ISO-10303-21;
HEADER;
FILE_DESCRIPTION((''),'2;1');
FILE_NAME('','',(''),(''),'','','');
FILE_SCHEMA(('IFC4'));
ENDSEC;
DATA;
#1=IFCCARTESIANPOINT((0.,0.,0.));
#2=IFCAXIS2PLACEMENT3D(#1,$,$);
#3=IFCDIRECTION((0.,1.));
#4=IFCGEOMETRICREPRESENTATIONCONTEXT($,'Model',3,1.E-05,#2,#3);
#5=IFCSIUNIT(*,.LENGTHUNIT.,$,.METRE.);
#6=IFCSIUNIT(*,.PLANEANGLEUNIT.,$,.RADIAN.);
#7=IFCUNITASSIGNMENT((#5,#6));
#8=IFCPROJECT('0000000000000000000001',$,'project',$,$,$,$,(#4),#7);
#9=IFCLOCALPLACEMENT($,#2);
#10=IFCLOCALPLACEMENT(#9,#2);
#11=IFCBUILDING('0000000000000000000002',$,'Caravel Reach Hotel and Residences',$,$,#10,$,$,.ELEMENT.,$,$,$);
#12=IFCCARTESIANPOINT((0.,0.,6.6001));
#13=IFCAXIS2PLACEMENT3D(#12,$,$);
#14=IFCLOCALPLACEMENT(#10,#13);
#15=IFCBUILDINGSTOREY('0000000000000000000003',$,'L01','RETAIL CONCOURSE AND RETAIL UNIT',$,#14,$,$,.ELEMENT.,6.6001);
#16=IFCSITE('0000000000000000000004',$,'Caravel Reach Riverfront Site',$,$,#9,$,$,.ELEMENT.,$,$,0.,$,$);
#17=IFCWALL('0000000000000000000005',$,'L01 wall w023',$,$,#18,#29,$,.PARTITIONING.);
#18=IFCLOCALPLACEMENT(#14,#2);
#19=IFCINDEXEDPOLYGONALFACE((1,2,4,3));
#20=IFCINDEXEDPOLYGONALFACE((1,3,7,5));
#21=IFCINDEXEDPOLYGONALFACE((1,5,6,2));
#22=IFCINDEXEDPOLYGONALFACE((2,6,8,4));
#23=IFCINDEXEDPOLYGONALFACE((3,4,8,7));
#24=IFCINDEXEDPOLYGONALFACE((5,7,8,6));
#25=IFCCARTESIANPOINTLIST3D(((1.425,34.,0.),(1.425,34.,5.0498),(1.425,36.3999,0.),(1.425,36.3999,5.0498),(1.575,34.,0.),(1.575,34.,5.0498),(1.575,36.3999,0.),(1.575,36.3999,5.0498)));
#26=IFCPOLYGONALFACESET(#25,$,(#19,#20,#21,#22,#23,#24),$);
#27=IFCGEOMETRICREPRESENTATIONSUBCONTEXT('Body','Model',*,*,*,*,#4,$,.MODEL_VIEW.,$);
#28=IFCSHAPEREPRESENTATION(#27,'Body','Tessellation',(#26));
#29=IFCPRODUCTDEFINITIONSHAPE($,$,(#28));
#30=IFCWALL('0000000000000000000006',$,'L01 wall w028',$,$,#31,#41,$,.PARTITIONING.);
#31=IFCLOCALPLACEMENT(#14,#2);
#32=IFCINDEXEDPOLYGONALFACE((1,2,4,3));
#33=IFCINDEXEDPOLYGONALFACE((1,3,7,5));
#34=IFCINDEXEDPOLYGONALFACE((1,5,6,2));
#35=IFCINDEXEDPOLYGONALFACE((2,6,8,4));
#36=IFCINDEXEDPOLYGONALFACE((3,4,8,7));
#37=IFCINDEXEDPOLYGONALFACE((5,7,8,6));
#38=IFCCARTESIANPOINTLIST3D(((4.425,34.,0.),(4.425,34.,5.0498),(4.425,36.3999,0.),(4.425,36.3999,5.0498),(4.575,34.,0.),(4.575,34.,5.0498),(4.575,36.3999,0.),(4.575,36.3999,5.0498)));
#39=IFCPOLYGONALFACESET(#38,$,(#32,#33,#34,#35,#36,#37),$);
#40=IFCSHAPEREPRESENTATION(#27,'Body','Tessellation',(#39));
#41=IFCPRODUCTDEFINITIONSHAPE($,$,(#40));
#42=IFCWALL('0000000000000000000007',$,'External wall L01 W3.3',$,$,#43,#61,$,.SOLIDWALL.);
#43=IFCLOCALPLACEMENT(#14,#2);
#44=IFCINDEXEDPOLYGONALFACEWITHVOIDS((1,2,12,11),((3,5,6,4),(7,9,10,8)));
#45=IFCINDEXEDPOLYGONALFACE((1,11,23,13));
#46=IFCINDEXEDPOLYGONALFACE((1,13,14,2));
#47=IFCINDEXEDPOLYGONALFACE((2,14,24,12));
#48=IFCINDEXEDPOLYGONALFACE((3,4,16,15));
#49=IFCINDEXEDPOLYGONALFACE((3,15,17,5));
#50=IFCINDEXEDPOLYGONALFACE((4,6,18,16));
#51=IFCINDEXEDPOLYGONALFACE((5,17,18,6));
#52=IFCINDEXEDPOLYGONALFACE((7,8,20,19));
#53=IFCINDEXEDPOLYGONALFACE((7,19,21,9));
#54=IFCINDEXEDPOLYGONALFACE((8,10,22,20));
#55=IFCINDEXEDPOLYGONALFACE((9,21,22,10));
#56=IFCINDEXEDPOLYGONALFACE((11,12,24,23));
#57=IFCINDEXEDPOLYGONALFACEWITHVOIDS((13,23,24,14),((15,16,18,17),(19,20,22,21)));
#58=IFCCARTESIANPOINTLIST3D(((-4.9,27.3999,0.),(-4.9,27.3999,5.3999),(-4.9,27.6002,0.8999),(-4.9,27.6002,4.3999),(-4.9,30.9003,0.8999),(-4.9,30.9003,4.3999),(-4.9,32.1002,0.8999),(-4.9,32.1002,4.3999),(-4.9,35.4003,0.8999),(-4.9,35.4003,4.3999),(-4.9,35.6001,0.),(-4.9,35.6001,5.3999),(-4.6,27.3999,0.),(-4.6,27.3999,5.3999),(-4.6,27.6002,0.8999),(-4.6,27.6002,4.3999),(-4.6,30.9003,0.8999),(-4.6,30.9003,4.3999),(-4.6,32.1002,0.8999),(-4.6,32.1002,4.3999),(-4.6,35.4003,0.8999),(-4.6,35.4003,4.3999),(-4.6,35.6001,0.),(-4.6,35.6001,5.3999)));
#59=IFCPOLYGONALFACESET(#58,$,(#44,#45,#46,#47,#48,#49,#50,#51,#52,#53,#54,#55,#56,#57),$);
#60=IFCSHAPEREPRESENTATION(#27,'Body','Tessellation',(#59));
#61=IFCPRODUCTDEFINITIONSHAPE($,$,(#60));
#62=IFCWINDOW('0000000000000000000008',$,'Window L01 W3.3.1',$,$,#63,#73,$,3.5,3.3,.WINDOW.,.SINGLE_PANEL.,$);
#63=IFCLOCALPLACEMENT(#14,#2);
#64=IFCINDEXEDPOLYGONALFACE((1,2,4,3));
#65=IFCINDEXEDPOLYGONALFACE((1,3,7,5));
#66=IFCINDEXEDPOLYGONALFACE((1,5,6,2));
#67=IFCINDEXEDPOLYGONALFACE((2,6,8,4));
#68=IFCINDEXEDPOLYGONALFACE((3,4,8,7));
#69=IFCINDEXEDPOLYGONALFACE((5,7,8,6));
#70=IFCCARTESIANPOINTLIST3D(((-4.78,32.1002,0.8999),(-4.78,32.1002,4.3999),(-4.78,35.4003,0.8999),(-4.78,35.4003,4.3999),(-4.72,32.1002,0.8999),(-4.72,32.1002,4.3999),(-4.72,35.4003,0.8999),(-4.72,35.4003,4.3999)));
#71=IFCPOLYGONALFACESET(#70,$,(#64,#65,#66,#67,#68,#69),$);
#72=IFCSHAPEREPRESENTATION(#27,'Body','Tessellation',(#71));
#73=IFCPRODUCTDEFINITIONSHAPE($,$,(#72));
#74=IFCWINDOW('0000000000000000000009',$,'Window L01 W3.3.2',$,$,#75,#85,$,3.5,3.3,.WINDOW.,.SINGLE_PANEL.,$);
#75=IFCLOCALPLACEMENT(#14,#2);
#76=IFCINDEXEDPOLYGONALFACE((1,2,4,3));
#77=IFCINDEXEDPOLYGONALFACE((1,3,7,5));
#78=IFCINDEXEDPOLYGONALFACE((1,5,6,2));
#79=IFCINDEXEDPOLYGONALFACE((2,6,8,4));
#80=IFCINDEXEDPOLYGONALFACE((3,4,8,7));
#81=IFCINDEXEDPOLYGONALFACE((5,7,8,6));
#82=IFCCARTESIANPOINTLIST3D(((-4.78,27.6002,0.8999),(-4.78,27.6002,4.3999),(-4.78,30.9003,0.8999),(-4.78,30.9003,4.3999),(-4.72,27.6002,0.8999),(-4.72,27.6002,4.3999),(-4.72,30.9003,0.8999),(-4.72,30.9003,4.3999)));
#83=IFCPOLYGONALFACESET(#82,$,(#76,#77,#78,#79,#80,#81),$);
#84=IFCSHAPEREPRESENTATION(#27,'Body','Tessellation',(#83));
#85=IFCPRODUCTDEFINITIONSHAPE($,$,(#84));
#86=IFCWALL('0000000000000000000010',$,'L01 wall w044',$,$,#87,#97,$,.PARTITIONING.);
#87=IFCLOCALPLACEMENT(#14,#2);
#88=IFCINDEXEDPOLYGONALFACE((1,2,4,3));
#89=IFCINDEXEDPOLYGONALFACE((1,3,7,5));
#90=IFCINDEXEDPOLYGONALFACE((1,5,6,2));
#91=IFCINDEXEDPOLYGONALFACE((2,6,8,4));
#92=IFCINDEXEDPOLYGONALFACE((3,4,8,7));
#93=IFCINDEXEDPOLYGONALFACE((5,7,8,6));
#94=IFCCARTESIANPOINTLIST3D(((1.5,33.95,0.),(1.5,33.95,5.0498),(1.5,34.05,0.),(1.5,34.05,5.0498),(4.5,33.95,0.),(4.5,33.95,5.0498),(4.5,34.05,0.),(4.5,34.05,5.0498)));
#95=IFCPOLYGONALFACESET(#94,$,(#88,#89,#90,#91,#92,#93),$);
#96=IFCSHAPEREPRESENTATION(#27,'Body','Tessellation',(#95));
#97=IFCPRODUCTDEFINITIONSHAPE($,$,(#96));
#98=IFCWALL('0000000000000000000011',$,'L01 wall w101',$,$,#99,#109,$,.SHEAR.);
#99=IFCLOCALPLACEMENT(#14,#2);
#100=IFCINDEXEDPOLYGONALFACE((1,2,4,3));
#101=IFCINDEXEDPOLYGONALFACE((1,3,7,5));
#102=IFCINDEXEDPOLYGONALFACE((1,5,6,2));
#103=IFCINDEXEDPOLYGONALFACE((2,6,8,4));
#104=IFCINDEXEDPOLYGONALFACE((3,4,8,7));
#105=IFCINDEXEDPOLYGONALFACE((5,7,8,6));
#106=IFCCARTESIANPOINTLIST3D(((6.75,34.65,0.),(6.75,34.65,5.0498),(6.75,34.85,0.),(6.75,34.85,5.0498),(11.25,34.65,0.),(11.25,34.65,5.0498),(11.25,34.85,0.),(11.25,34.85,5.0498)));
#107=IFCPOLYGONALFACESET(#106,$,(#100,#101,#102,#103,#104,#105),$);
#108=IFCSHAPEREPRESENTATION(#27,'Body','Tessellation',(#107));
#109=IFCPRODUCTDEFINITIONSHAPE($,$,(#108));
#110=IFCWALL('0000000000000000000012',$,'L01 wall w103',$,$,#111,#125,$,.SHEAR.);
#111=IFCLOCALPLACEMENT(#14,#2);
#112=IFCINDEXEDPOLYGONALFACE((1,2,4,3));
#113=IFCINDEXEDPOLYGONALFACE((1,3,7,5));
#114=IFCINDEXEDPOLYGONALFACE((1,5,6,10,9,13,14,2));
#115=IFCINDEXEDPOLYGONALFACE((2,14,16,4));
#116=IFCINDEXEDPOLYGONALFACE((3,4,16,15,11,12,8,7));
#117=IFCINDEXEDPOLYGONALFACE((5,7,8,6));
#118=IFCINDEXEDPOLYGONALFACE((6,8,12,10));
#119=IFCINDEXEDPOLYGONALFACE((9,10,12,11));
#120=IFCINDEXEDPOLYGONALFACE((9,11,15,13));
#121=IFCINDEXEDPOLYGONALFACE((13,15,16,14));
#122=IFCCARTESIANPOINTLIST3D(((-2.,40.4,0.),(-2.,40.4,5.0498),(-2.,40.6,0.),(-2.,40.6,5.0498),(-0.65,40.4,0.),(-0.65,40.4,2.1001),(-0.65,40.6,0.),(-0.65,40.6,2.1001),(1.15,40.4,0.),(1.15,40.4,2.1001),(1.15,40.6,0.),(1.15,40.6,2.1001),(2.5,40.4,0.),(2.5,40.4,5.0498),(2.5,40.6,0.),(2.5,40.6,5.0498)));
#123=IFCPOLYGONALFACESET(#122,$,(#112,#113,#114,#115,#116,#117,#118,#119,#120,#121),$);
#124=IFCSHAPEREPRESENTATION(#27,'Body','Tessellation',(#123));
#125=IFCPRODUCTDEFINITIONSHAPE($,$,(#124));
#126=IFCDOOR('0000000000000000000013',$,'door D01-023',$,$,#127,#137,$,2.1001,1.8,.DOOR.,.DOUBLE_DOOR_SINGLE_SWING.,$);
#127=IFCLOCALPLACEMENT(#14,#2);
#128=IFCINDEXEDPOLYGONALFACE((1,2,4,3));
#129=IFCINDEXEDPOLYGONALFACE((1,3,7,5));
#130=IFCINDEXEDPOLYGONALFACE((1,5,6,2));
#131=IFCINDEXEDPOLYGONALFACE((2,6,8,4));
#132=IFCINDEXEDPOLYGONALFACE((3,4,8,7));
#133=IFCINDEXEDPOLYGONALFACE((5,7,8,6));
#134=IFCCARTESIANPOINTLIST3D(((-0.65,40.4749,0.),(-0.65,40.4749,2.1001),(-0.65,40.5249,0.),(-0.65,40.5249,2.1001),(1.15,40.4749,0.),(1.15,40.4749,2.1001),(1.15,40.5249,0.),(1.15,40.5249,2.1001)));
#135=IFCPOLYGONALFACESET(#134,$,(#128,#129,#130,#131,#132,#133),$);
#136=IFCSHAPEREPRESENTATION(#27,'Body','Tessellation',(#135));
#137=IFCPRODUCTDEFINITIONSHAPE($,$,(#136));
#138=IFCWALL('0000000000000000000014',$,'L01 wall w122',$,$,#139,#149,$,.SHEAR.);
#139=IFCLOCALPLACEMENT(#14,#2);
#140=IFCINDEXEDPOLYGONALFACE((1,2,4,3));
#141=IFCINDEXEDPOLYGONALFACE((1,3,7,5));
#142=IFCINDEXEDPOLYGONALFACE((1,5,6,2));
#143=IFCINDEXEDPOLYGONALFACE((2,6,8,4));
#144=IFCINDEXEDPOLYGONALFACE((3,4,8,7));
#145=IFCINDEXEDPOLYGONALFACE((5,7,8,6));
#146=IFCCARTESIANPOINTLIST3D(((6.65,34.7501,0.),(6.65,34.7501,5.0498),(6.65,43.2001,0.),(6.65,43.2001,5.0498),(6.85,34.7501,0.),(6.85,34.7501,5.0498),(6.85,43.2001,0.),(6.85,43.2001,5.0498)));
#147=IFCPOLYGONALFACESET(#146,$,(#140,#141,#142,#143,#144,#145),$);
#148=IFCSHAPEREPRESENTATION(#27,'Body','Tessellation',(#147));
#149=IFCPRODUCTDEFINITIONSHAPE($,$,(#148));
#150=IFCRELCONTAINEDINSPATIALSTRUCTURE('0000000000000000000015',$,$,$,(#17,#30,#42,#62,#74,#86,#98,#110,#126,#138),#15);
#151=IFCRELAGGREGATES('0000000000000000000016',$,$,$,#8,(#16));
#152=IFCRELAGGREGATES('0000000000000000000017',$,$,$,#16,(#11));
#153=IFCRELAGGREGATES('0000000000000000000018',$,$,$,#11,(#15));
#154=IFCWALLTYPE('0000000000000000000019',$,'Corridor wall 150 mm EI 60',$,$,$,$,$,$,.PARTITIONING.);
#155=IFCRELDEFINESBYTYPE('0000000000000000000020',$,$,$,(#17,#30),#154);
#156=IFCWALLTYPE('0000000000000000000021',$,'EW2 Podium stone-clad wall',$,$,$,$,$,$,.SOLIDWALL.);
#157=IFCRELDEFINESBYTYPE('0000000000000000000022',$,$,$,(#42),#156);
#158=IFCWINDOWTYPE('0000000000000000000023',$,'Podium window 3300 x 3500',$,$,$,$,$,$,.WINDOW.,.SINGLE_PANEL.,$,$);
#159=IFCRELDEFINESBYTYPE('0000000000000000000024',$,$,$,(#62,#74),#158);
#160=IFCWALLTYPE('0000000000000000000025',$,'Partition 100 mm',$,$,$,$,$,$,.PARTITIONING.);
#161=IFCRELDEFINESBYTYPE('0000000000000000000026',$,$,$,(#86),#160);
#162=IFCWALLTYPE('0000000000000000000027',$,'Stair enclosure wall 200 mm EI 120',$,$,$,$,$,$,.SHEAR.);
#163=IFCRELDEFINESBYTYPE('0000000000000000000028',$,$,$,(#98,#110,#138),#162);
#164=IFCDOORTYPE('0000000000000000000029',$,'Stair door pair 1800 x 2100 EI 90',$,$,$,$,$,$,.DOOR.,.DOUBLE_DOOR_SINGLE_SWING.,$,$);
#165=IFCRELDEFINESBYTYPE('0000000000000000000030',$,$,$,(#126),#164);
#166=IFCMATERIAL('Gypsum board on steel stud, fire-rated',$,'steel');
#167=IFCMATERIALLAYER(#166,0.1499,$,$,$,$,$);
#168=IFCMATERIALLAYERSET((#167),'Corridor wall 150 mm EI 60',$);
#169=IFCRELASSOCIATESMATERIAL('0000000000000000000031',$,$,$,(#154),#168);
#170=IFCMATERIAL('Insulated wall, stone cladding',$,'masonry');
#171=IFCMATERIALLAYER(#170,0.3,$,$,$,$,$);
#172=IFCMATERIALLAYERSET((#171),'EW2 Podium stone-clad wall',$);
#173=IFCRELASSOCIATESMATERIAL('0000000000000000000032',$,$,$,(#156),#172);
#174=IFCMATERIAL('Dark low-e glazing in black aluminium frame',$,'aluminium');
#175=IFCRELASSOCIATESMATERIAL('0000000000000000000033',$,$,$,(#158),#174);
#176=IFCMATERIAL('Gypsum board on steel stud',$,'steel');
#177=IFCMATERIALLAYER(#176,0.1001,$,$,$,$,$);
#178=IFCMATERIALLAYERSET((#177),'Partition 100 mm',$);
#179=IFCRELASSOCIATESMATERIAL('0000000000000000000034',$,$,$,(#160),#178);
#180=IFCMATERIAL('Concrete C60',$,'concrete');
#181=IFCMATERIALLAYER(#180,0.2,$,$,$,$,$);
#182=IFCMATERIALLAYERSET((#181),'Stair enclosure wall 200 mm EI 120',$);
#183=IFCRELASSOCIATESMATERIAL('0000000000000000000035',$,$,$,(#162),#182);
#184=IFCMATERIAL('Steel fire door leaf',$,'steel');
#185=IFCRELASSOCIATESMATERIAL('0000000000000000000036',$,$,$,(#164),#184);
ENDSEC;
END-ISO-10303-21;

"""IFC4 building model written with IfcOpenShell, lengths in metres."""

from ifc_helpers import new_model, si_unit, direction, frame, frame_2d, origin, place, context, subcontext, project, spatial, rectangle, extrude, material, layer, layer_set, type_object, element, fill, save


model = new_model("IFC4")

# Units and contexts
model_context = context("Model", 3, precision=1e-05, world=origin(), true_north=direction((0.0, 1.0)))
body_context = subcontext(model_context, "Body", "Model", "MODEL_VIEW")
ifc_project = project(units=[si_unit("LENGTHUNIT", "METRE"), si_unit("PLANEANGLEUNIT", "RADIAN")], contexts=[model_context])

# Site, building, storey
site_placement = place(None, origin())
site = spatial("IfcSite", under=ifc_project, at=site_placement, Name="Caravel Reach Riverfront Site", CompositionType="ELEMENT", RefElevation=0.0)
building_placement = place(site_placement, origin())
building = spatial("IfcBuilding", under=site, at=building_placement, Name="Caravel Reach Hotel and Residences", CompositionType="ELEMENT")
storey_placement = place(building_placement, frame((0.0, 0.0, 6.6001)))
storey = spatial("IfcBuildingStorey", under=building, at=storey_placement, Name="L01", Description="RETAIL CONCOURSE AND RETAIL UNIT", CompositionType="ELEMENT", Elevation=6.6001)

# Shared definitions
ifc_material_1 = material(Name="Gypsum board on steel stud, fire-rated", Category="steel")
ifc_layer_1 = layer(ifc_material_1, 0.1499)
ifc_layer_set_1 = layer_set([ifc_layer_1], Name="Corridor wall 150 mm EI 60")
wall_type_1 = type_object("IfcWallType", Name="Corridor wall 150 mm EI 60", PredefinedType="PARTITIONING", material=ifc_layer_set_1)

# Walls
for number, where, z_axis, x_axis, name in (
    (1, (1.5, 34.0, 0.0), (0.0, 0.0, 1.0), (0.0, 1.0, 0.0), "L01 wall w023"),
    (2, (4.5, 34.0, 0.0), (0.0, 0.0, 1.0), (0.0, 1.0, 0.0), "L01 wall w028"),
):
    element("IfcWall", number, at=place(storey_placement, frame(where, z_axis=z_axis, x_axis=x_axis)), inside=storey, type_object=wall_type_1, Name=name, PredefinedType="PARTITIONING", context=body_context, shape_type="SweptSolid", body=[
        extrude(rectangle(XDim=2.3999, YDim=0.1499, at=frame_2d((1.2, 0.0))), origin(), (0.0, 0.0, 1.0), 5.0498),
    ])

# Wall, openings, windows
ifc_material_2 = material(Name="Insulated wall, stone cladding", Category="masonry")
ifc_layer_2 = layer(ifc_material_2, 0.3)
ifc_layer_set_2 = layer_set([ifc_layer_2], Name="EW2 Podium stone-clad wall")
wall_type_2 = type_object("IfcWallType", Name="EW2 Podium stone-clad wall", PredefinedType="SOLIDWALL", material=ifc_layer_set_2)
wall_1_placement = place(storey_placement, frame((-4.75, 35.6001, 0.0), z_axis=(0.0, 0.0, 1.0), x_axis=(0.0, -1.0, 0.0)))
wall_1 = element("IfcWall", 3, at=wall_1_placement, inside=storey, type_object=wall_type_2, Name="External wall L01 W3.3", PredefinedType="SOLIDWALL", context=body_context, shape_type="SweptSolid", body=[
    extrude(rectangle(XDim=8.2002, YDim=0.3, at=frame_2d((4.1001, 0.0))), origin(), (0.0, 0.0, 1.0), 5.3999),
])
opening_1_placement = place(wall_1_placement, frame((0.2, 0.0, 0.8999)))
opening_1 = element("IfcOpeningElement", 4, at=opening_1_placement, cuts=wall_1, PredefinedType="OPENING", context=body_context, shape_type="SweptSolid", body=[
    extrude(rectangle(XDim=3.3, YDim=3.5, at=frame_2d((1.6499, 1.75))), frame((0.0, 0.1599, 0.0), z_axis=(0.0, -1.0, 0.0), x_axis=(1.0, 0.0, 0.0)), (0.0, 0.0, 1.0), 0.3201),
])
opening_2_placement = place(wall_1_placement, frame((4.7, 0.0, 0.8999)))
opening_2 = element("IfcOpeningElement", 5, at=opening_2_placement, cuts=wall_1, PredefinedType="OPENING", context=body_context, shape_type="SweptSolid", body=[
    extrude(rectangle(XDim=3.3, YDim=3.5, at=frame_2d((1.6499, 1.75))), frame((0.0, 0.1599, 0.0), z_axis=(0.0, -1.0, 0.0), x_axis=(1.0, 0.0, 0.0)), (0.0, 0.0, 1.0), 0.3201),
])
ifc_material_3 = material(Name="Dark low-e glazing in black aluminium frame", Category="aluminium")
window_type = type_object("IfcWindowType", Name="Podium window 3300 x 3500", PartitioningType="SINGLE_PANEL", PredefinedType="WINDOW", material=ifc_material_3)
window_1_placement = place(opening_1_placement, origin())
window_1 = element("IfcWindow", 6, at=window_1_placement, inside=storey, type_object=window_type, Name="Window L01 W3.3.1", OverallHeight=3.5, OverallWidth=3.3, PartitioningType="SINGLE_PANEL", PredefinedType="WINDOW", context=body_context, shape_type="SweptSolid", body=[
    extrude(rectangle(XDim=3.3, YDim=3.5, at=frame_2d((1.6499, 1.75))), frame((0.0, 0.03, 0.0), z_axis=(0.0, -1.0, 0.0), x_axis=(1.0, 0.0, 0.0)), (0.0, 0.0, 1.0), 0.0601),
])
fill(opening_1, window_1)
window_2_placement = place(opening_2_placement, origin())
window_2 = element("IfcWindow", 7, at=window_2_placement, inside=storey, type_object=window_type, Name="Window L01 W3.3.2", OverallHeight=3.5, OverallWidth=3.3, PartitioningType="SINGLE_PANEL", PredefinedType="WINDOW", context=body_context, shape_type="SweptSolid", body=[
    extrude(rectangle(XDim=3.3, YDim=3.5, at=frame_2d((1.6499, 1.75))), frame((0.0, 0.03, 0.0), z_axis=(0.0, -1.0, 0.0), x_axis=(1.0, 0.0, 0.0)), (0.0, 0.0, 1.0), 0.0601),
])
fill(opening_2, window_2)

# Walls
ifc_material_4 = material(Name="Gypsum board on steel stud", Category="steel")
ifc_layer_3 = layer(ifc_material_4, 0.1001)
ifc_layer_set_3 = layer_set([ifc_layer_3], Name="Partition 100 mm")
wall_type_3 = type_object("IfcWallType", Name="Partition 100 mm", PredefinedType="PARTITIONING", material=ifc_layer_set_3)
wall_2_placement = place(storey_placement, frame((1.5, 34.0, 0.0), z_axis=(0.0, 0.0, 1.0), x_axis=(1.0, 0.0, 0.0)))
element("IfcWall", 8, at=wall_2_placement, inside=storey, type_object=wall_type_3, Name="L01 wall w044", PredefinedType="PARTITIONING", context=body_context, shape_type="SweptSolid", body=[
    extrude(rectangle(XDim=3.0, YDim=0.1001, at=frame_2d((1.5, 0.0))), origin(), (0.0, 0.0, 1.0), 5.0498),
])
ifc_material_5 = material(Name="Concrete C60", Category="concrete")
ifc_layer_4 = layer(ifc_material_5, 0.2)
ifc_layer_set_4 = layer_set([ifc_layer_4], Name="Stair enclosure wall 200 mm EI 120")
wall_type_4 = type_object("IfcWallType", Name="Stair enclosure wall 200 mm EI 120", PredefinedType="SHEAR", material=ifc_layer_set_4)
wall_3_placement = place(storey_placement, frame((6.75, 34.75, 0.0), z_axis=(0.0, 0.0, 1.0), x_axis=(1.0, 0.0, 0.0)))
element("IfcWall", 9, at=wall_3_placement, inside=storey, type_object=wall_type_4, Name="L01 wall w101", PredefinedType="SHEAR", context=body_context, shape_type="SweptSolid", body=[
    extrude(rectangle(XDim=4.5, YDim=0.2, at=frame_2d((2.25, 0.0))), origin(), (0.0, 0.0, 1.0), 5.0498),
])

# Wall, opening, door
wall_4_placement = place(storey_placement, frame((-2.0, 40.5, 0.0), z_axis=(0.0, 0.0, 1.0), x_axis=(1.0, 0.0, 0.0)))
wall_4 = element("IfcWall", 10, at=wall_4_placement, inside=storey, type_object=wall_type_4, Name="L01 wall w103", PredefinedType="SHEAR", context=body_context, shape_type="SweptSolid", body=[
    extrude(rectangle(XDim=4.5, YDim=0.2, at=frame_2d((2.25, 0.0))), origin(), (0.0, 0.0, 1.0), 5.0498),
])
opening_3_placement = place(wall_4_placement, frame((1.3501, 0.0, 0.0)))
opening_3 = element("IfcOpeningElement", 11, at=opening_3_placement, cuts=wall_4, PredefinedType="OPENING", context=body_context, shape_type="SweptSolid", body=[
    extrude(rectangle(XDim=1.8, YDim=2.1001, at=frame_2d((0.8999, 1.05))), frame((0.0, 0.1099, 0.0), z_axis=(0.0, -1.0, 0.0), x_axis=(1.0, 0.0, 0.0)), (0.0, 0.0, 1.0), 0.22),
])
ifc_material_6 = material(Name="Steel fire door leaf", Category="steel")
door_type_1 = type_object("IfcDoorType", Name="Stair door pair 1800 x 2100 EI 90", OperationType="DOUBLE_DOOR_SINGLE_SWING", PredefinedType="DOOR", material=ifc_material_6)
door_1_placement = place(opening_3_placement, origin())
door_1 = element("IfcDoor", 12, at=door_1_placement, inside=storey, type_object=door_type_1, Name="door D01-023", OperationType="DOUBLE_DOOR_SINGLE_SWING", OverallHeight=2.1001, OverallWidth=1.8, PredefinedType="DOOR", context=body_context, shape_type="SweptSolid", body=[
    extrude(rectangle(XDim=1.8, YDim=2.1001, at=frame_2d((0.8999, 1.05))), frame((0.0, 0.0249, 0.0), z_axis=(0.0, -1.0, 0.0), x_axis=(1.0, 0.0, 0.0)), (0.0, 0.0, 1.0), 0.05),
])
fill(opening_3, door_1)

# Wall
wall_5_placement = place(storey_placement, frame((6.75, 34.75, 0.0), z_axis=(0.0, 0.0, 1.0), x_axis=(0.0, 1.0, 0.0)))
element("IfcWall", 13, at=wall_5_placement, inside=storey, type_object=wall_type_4, Name="L01 wall w122", PredefinedType="SHEAR", context=body_context, shape_type="SweptSolid", body=[
    extrude(rectangle(XDim=8.45, YDim=0.2, at=frame_2d((4.2251, 0.0))), origin(), (0.0, 0.0, 1.0), 5.0498),
])

save(model, "model.ifc")
